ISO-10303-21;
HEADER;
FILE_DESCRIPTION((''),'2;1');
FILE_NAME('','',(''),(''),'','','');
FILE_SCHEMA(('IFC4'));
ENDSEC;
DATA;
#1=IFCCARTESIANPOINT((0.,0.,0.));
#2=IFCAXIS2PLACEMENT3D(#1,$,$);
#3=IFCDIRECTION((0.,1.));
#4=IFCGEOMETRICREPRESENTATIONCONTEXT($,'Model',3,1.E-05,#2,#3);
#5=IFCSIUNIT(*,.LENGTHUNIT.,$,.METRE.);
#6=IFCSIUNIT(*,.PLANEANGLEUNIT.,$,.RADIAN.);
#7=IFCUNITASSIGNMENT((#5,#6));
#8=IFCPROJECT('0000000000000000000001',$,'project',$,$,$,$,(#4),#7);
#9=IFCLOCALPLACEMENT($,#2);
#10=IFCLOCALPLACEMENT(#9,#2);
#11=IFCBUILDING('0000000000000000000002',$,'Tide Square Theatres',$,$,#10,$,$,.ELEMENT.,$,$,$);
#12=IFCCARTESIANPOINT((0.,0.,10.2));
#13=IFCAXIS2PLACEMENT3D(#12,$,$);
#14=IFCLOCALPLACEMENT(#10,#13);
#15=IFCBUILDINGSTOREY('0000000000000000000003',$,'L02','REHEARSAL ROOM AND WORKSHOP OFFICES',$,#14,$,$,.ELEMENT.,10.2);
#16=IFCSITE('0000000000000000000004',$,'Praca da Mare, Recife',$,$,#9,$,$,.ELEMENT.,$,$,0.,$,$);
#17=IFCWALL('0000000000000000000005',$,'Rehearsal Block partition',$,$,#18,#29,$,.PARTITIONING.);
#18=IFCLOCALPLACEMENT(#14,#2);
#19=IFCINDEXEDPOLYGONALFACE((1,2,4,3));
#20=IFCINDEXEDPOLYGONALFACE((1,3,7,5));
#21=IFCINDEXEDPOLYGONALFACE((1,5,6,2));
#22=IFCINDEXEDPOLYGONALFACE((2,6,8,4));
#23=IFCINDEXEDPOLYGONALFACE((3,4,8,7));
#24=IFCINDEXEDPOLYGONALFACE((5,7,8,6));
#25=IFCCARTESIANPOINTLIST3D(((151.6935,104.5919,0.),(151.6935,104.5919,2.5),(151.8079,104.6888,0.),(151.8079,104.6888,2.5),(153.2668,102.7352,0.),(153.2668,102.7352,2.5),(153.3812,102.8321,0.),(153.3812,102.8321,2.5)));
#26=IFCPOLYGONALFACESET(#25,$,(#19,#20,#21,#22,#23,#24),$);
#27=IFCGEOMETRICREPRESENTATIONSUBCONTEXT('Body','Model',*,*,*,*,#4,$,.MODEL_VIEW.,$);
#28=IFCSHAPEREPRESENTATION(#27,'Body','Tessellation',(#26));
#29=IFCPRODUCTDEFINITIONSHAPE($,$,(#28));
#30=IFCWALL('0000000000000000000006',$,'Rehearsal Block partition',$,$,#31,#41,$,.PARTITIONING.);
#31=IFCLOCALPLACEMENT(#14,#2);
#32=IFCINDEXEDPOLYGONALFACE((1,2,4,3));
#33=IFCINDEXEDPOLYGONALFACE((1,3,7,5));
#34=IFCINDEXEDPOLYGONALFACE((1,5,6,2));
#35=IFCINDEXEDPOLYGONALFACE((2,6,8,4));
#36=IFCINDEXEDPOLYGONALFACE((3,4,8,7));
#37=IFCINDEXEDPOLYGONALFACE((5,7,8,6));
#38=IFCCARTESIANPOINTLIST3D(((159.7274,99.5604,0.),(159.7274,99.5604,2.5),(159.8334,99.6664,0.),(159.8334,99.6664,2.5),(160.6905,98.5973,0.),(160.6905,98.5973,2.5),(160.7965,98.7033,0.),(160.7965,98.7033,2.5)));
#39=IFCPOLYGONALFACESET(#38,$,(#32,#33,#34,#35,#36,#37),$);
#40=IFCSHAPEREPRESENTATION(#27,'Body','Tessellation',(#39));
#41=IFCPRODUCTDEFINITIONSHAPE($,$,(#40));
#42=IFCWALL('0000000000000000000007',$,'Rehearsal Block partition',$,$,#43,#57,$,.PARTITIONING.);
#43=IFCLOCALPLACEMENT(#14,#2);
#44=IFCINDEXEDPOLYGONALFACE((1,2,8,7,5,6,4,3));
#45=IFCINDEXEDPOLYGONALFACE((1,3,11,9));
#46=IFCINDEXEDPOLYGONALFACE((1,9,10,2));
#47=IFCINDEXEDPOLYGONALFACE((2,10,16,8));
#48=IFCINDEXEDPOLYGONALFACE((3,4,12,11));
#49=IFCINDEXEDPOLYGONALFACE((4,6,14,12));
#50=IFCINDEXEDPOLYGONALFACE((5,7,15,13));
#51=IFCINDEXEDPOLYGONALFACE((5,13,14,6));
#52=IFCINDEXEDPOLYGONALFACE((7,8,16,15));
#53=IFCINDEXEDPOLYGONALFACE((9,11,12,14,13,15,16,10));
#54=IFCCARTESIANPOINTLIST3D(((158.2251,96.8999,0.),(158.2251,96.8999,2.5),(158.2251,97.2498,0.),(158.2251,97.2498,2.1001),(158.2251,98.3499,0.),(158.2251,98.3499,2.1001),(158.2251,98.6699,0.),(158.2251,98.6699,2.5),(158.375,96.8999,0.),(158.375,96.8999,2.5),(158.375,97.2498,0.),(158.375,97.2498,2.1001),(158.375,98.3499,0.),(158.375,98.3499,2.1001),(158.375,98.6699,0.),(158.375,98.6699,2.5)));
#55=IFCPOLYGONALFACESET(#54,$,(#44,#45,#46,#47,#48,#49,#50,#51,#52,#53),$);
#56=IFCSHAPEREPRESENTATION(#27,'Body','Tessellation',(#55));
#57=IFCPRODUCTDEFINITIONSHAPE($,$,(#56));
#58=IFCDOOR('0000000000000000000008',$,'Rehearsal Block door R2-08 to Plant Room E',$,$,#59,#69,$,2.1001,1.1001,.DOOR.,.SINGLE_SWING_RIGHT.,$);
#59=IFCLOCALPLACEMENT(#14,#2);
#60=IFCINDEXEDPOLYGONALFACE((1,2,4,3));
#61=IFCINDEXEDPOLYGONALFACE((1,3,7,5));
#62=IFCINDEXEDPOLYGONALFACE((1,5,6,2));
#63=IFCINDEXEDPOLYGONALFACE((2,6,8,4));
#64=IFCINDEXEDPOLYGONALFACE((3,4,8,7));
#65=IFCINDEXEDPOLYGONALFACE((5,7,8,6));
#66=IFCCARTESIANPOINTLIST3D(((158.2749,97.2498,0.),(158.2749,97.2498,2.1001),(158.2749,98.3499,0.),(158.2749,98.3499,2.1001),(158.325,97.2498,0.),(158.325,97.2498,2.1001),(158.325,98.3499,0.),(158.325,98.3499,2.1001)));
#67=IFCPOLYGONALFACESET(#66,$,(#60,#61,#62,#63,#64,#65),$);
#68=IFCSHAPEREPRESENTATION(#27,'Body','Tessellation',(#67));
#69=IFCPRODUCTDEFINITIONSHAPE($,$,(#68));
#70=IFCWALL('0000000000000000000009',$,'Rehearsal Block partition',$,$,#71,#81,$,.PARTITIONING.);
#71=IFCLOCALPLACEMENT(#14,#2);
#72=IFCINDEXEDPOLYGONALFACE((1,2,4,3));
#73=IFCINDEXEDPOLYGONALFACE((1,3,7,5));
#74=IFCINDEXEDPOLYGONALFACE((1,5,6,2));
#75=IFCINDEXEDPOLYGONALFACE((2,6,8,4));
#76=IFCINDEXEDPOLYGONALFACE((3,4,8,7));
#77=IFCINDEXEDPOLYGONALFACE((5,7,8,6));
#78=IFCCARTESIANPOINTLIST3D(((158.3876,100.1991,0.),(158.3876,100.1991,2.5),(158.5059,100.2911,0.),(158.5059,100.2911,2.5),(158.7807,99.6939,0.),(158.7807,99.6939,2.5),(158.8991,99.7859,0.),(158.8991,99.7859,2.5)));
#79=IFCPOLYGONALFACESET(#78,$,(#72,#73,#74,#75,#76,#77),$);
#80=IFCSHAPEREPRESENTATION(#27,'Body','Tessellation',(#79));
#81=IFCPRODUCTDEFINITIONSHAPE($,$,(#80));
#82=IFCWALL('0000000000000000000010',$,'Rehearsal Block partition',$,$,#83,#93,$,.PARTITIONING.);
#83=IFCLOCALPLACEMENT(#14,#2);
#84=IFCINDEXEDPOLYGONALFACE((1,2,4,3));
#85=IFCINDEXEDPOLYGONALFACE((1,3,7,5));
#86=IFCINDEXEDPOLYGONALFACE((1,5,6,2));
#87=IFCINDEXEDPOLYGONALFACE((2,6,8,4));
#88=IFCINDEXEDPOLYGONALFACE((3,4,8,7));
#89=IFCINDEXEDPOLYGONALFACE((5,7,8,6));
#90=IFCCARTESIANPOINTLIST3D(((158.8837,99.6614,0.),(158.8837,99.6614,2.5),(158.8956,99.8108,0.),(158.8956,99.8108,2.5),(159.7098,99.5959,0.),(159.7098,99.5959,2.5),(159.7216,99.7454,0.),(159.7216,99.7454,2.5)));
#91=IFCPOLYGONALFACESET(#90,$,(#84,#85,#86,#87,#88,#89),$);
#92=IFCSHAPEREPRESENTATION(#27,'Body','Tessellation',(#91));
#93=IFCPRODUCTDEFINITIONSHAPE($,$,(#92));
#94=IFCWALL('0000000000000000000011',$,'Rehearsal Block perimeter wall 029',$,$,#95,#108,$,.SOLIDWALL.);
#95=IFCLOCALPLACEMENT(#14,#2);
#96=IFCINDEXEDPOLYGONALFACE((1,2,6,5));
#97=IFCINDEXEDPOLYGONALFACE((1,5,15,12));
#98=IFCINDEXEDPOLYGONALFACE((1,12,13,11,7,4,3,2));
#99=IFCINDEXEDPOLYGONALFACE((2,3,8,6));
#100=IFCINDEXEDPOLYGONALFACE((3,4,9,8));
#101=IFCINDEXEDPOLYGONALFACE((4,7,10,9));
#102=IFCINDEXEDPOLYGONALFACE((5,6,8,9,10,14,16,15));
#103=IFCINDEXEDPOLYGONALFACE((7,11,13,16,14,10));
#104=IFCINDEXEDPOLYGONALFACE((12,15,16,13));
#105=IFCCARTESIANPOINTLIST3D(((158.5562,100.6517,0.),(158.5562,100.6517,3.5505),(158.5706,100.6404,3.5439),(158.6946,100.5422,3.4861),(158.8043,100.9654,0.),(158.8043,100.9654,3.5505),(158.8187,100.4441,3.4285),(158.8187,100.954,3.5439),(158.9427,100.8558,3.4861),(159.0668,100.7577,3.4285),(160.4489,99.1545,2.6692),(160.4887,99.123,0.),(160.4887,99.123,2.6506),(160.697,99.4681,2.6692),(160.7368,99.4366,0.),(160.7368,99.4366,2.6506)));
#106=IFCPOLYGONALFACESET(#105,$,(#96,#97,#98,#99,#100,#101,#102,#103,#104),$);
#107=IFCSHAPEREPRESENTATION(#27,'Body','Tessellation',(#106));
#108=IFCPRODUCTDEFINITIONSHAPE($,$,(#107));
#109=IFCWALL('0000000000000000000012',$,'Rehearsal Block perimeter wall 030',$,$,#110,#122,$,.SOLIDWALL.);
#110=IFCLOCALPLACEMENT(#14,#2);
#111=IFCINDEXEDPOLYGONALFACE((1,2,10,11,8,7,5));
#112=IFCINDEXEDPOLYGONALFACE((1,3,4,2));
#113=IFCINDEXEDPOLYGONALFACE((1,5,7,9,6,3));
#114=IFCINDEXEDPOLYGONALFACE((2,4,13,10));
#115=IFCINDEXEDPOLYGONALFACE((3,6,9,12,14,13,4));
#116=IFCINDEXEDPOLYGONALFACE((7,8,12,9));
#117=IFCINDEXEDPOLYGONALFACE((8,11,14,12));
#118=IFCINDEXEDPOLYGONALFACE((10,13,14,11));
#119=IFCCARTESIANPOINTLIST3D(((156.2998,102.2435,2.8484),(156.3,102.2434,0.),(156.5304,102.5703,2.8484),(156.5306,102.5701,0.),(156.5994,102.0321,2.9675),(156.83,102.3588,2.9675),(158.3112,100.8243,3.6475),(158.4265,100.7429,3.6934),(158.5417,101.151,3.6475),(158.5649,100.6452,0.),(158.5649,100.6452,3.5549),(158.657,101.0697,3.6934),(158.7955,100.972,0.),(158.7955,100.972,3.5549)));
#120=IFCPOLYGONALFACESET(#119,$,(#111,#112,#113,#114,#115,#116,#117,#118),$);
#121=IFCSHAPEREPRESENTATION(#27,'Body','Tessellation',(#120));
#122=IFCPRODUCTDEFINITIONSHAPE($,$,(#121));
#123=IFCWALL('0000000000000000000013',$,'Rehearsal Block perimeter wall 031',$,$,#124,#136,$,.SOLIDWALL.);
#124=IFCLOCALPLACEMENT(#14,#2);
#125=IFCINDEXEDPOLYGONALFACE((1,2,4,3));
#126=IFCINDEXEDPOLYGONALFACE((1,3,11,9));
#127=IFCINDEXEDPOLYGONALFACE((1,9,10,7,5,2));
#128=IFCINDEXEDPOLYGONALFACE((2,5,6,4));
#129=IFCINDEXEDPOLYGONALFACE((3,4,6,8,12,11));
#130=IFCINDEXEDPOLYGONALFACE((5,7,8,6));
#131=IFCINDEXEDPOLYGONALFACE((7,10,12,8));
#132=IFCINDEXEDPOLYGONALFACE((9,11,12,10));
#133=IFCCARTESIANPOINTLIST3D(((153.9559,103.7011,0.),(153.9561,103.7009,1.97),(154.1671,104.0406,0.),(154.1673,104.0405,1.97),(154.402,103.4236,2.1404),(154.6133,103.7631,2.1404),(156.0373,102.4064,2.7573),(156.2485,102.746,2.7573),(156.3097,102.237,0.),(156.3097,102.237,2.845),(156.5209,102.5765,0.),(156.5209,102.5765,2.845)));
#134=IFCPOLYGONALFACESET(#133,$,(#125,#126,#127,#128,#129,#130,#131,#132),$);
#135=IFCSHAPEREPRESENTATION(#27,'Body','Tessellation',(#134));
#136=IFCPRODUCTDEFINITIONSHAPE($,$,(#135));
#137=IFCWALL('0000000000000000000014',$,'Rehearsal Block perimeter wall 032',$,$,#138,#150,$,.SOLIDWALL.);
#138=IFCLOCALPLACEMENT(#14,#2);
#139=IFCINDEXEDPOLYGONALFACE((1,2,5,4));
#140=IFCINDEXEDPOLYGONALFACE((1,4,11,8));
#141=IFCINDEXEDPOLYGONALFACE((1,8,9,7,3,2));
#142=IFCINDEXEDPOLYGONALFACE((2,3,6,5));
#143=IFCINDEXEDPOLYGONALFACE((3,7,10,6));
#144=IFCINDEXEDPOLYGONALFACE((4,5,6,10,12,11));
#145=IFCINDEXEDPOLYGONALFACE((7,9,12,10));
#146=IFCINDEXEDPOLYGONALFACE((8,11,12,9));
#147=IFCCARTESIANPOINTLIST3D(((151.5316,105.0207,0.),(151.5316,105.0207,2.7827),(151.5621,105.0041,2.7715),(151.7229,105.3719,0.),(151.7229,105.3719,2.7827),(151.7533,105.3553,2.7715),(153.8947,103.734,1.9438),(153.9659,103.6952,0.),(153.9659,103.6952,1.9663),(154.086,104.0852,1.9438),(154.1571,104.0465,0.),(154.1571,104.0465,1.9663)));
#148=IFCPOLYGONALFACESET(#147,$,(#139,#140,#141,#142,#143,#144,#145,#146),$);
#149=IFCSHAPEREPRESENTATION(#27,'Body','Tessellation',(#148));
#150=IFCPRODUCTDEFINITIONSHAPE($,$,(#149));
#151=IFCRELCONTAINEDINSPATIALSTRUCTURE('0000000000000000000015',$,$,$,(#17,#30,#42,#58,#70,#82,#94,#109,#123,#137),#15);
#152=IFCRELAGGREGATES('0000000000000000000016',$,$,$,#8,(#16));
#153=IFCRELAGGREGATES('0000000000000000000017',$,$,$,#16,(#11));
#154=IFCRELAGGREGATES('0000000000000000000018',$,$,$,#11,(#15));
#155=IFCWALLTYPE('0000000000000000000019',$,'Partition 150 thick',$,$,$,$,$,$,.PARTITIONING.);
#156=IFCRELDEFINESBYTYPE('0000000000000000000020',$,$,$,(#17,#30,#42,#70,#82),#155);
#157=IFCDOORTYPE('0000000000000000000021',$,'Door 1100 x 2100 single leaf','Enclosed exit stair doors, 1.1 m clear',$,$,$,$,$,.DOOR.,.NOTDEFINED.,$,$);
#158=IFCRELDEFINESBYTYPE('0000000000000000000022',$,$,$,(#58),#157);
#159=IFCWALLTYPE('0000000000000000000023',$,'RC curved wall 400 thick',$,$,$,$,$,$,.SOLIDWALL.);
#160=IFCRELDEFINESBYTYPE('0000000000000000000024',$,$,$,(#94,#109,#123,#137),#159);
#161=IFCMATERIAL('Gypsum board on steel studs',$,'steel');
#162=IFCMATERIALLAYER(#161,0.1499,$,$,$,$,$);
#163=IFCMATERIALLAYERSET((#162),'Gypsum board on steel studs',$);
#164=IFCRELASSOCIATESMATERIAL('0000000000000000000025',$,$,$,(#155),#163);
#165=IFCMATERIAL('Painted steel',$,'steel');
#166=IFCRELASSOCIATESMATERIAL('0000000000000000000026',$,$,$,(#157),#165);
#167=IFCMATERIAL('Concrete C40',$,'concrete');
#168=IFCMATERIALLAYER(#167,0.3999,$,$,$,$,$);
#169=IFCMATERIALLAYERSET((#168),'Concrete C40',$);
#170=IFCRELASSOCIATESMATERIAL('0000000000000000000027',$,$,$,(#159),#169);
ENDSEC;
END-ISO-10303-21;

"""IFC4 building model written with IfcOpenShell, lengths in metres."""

from ifc_helpers import new_model, si_unit, direction, frame, frame_2d, origin, place, context, subcontext, project, spatial, polyline, rectangle, outline, extrude, material, layer, layer_set, type_object, element, fill, save


model = new_model("IFC4")

# Units and contexts
model_context = context("Model", 3, precision=1e-05, world=origin(), true_north=direction((0.0, 1.0)))
body_context = subcontext(model_context, "Body", "Model", "MODEL_VIEW")
ifc_project = project(units=[si_unit("LENGTHUNIT", "METRE"), si_unit("PLANEANGLEUNIT", "RADIAN")], contexts=[model_context])

# Site, building, storey
site_placement = place(None, origin())
site = spatial("IfcSite", under=ifc_project, at=site_placement, Name="Praca da Mare, Recife", CompositionType="ELEMENT", RefElevation=0.0)
building_placement = place(site_placement, origin())
building = spatial("IfcBuilding", under=site, at=building_placement, Name="Tide Square Theatres", CompositionType="ELEMENT")
storey_placement = place(building_placement, frame((0.0, 0.0, 10.2)))
storey = spatial("IfcBuildingStorey", under=building, at=storey_placement, Name="L02", Description="REHEARSAL ROOM AND WORKSHOP OFFICES", CompositionType="ELEMENT", Elevation=10.2)

# Walls
ifc_material_1 = material(Name="Gypsum board on steel studs", Category="steel")
ifc_layer_1 = layer(ifc_material_1, 0.1499)
ifc_layer_set_1 = layer_set([ifc_layer_1], Name="Gypsum board on steel studs")
wall_type_1 = type_object("IfcWallType", Name="Partition 150 thick", PredefinedType="PARTITIONING", material=ifc_layer_set_1)
wall_1_placement = place(storey_placement, frame((151.7507, 104.6404, 0.0), z_axis=(0.0, 0.0, 1.0), x_axis=(0.646468, -0.762941, 0.0)))
element("IfcWall", 1, at=wall_1_placement, inside=storey, type_object=wall_type_1, Name="Rehearsal Block partition", PredefinedType="PARTITIONING", context=body_context, shape_type="SweptSolid", body=[
    extrude(rectangle(XDim=2.4336, YDim=0.1499, at=frame_2d((1.2168, 0.0))), origin(), (0.0, 0.0, 1.0), 2.5),
])
wall_2_placement = place(storey_placement, frame((159.7803, 99.6135, 0.0), z_axis=(0.0, 0.0, 1.0), x_axis=(0.707107, -0.707107, 0.0)))
element("IfcWall", 2, at=wall_2_placement, inside=storey, type_object=wall_type_1, Name="Rehearsal Block partition", PredefinedType="PARTITIONING", context=body_context, shape_type="SweptSolid", body=[
    extrude(rectangle(XDim=1.3621, YDim=0.1499, at=frame_2d((0.6812, 0.0))), origin(), (0.0, 0.0, 1.0), 2.5),
])

# Wall, opening, door
wall_3_placement = place(storey_placement, frame((158.3, 98.6699, 0.0), z_axis=(0.0, 0.0, 1.0), x_axis=(0.0, -1.0, 0.0)))
wall_3 = element("IfcWall", 3, at=wall_3_placement, inside=storey, type_object=wall_type_1, Name="Rehearsal Block partition", PredefinedType="PARTITIONING", context=body_context, shape_type="SweptSolid", body=[
    extrude(rectangle(XDim=1.77, YDim=0.1499, at=frame_2d((0.885, 0.0))), origin(), (0.0, 0.0, 1.0), 2.5),
])
opening_1_placement = place(wall_3_placement, frame((0.3201, 0.0, 0.0)))
opening_1 = element("IfcOpeningElement", 4, at=opening_1_placement, cuts=wall_3, PredefinedType="OPENING", context=body_context, shape_type="SweptSolid", body=[
    extrude(rectangle(XDim=1.1001, YDim=2.1001, at=frame_2d((0.55, 1.05))), frame((0.0, 0.085, 0.0), z_axis=(0.0, -1.0, 0.0), x_axis=(1.0, 0.0, 0.0)), (0.0, 0.0, 1.0), 0.1699),
])
ifc_material_2 = material(Name="Painted steel", Category="steel")
door_type_1 = type_object("IfcDoorType", Name="Door 1100 x 2100 single leaf", Description="Enclosed exit stair doors, 1.1 m clear", OperationType="NOTDEFINED", PredefinedType="DOOR", material=ifc_material_2)
door_1_placement = place(opening_1_placement, origin())
door_1 = element("IfcDoor", 5, at=door_1_placement, inside=storey, type_object=door_type_1, Name="Rehearsal Block door R2-08 to Plant Room E", OperationType="SINGLE_SWING_RIGHT", OverallHeight=2.1001, OverallWidth=1.1001, PredefinedType="DOOR", context=body_context, shape_type="SweptSolid", body=[
    extrude(rectangle(XDim=1.1001, YDim=2.1001, at=frame_2d((0.55, 1.05))), frame((0.0, 0.0249, 0.0), z_axis=(0.0, -1.0, 0.0), x_axis=(1.0, 0.0, 0.0)), (0.0, 0.0, 1.0), 0.05),
])
fill(opening_1, door_1)

# Walls
wall_4_placement = place(storey_placement, frame((158.4468, 100.2451, 0.0), z_axis=(0.0, 0.0, 1.0), x_axis=(0.614125, -0.789208, 0.0)))
element("IfcWall", 6, at=wall_4_placement, inside=storey, type_object=wall_type_1, Name="Rehearsal Block partition", PredefinedType="PARTITIONING", context=body_context, shape_type="SweptSolid", body=[
    extrude(rectangle(XDim=0.6401, YDim=0.1499, at=frame_2d((0.3201, 0.0))), origin(), (0.0, 0.0, 1.0), 2.5),
])
wall_5_placement = place(storey_placement, frame((158.8896, 99.7361, 0.0), z_axis=(0.0, 0.0, 1.0), x_axis=(0.996877, -0.078972, 0.0)))
element("IfcWall", 7, at=wall_5_placement, inside=storey, type_object=wall_type_1, Name="Rehearsal Block partition", PredefinedType="PARTITIONING", context=body_context, shape_type="SweptSolid", body=[
    extrude(rectangle(XDim=0.8286, YDim=0.1499, at=frame_2d((0.4143, 0.0))), origin(), (0.0, 0.0, 1.0), 2.5),
])
ifc_material_3 = material(Name="Concrete C40", Category="concrete")
ifc_layer_2 = layer(ifc_material_3, 0.3999)
ifc_layer_set_2 = layer_set([ifc_layer_2], Name="Concrete C40")
wall_type_2 = type_object("IfcWallType", Name="RC curved wall 400 thick", PredefinedType="SOLIDWALL", material=ifc_layer_set_2)
wall_6_placement = place(storey_placement, frame((160.6128, 99.2798, 0.0), z_axis=(0.0, 0.0, 1.0), x_axis=(-0.784279, 0.620409, 0.0)))
element("IfcWall", 8, at=wall_6_placement, inside=storey, type_object=wall_type_2, Name="Rehearsal Block perimeter wall 029", PredefinedType="SOLIDWALL", context=body_context, shape_type="SweptSolid", body=[
    extrude(outline(polyline([(0.0, 0.0), (2.4641, 0.0), (2.4641, 3.5505), (2.4458, 3.5439), (2.2876, 3.4861), (2.1294, 3.4285), (0.0508, 2.6692), (0.0, 2.6506), (0.0, 0.0)])), frame((0.0, 0.2, 0.0), z_axis=(0.0, -1.0, 0.0), x_axis=(1.0, 0.0, 0.0)), (0.0, 0.0, 1.0), 0.3999),
])
wall_7_placement = place(storey_placement, frame((158.6802, 100.8086, 0.0), z_axis=(0.0, 0.0, 1.0), x_axis=(-0.81707, 0.576538, 0.0)))
element("IfcWall", 9, at=wall_7_placement, inside=storey, type_object=wall_type_2, Name="Rehearsal Block perimeter wall 030", PredefinedType="SOLIDWALL", context=body_context, shape_type="SweptSolid", body=[
    extrude(outline(polyline([(0.0, 0.0), (2.772, 0.0), (2.7722, 2.8484), (2.4055, 2.9675), (0.3105, 3.6475), (0.1694, 3.6934), (0.0, 3.5549), (0.0, 0.0)])), frame((0.0, 0.2, 0.0), z_axis=(0.0, -1.0, 0.0), x_axis=(1.0, 0.0, 0.0)), (0.0, 0.0, 1.0), 0.3999),
])
wall_8_placement = place(storey_placement, frame((156.4153, 102.4067, 0.0), z_axis=(0.0, 0.0, 1.0), x_axis=(-0.849129, 0.528185, 0.0)))
element("IfcWall", 10, at=wall_8_placement, inside=storey, type_object=wall_type_2, Name="Rehearsal Block perimeter wall 031", PredefinedType="SOLIDWALL", context=body_context, shape_type="SweptSolid", body=[
    extrude(outline(polyline([(0.0, 0.0), (2.772, 0.0), (2.7717, 1.97), (2.2466, 2.1404), (0.3208, 2.7573), (0.0, 2.845), (0.0, 0.0)])), frame((0.0, 0.2, 0.0), z_axis=(0.0, -1.0, 0.0), x_axis=(1.0, 0.0, 0.0)), (0.0, 0.0, 1.0), 0.3999),
])
wall_9_placement = place(storey_placement, frame((154.0615, 103.8708, 0.0), z_axis=(0.0, 0.0, 1.0), x_axis=(-0.878256, 0.478192, 0.0)))
element("IfcWall", 11, at=wall_9_placement, inside=storey, type_object=wall_type_2, Name="Rehearsal Block perimeter wall 032", PredefinedType="SOLIDWALL", context=body_context, shape_type="SweptSolid", body=[
    extrude(outline(polyline([(0.0, 0.0), (2.7717, 0.0), (2.7717, 2.7827), (2.7371, 2.7715), (0.0811, 1.9438), (0.0, 1.9663), (0.0, 0.0)])), frame((0.0, 0.2, 0.0), z_axis=(0.0, -1.0, 0.0), x_axis=(1.0, 0.0, 0.0)), (0.0, 0.0, 1.0), 0.3999),
])

save(model, "model.ifc")
